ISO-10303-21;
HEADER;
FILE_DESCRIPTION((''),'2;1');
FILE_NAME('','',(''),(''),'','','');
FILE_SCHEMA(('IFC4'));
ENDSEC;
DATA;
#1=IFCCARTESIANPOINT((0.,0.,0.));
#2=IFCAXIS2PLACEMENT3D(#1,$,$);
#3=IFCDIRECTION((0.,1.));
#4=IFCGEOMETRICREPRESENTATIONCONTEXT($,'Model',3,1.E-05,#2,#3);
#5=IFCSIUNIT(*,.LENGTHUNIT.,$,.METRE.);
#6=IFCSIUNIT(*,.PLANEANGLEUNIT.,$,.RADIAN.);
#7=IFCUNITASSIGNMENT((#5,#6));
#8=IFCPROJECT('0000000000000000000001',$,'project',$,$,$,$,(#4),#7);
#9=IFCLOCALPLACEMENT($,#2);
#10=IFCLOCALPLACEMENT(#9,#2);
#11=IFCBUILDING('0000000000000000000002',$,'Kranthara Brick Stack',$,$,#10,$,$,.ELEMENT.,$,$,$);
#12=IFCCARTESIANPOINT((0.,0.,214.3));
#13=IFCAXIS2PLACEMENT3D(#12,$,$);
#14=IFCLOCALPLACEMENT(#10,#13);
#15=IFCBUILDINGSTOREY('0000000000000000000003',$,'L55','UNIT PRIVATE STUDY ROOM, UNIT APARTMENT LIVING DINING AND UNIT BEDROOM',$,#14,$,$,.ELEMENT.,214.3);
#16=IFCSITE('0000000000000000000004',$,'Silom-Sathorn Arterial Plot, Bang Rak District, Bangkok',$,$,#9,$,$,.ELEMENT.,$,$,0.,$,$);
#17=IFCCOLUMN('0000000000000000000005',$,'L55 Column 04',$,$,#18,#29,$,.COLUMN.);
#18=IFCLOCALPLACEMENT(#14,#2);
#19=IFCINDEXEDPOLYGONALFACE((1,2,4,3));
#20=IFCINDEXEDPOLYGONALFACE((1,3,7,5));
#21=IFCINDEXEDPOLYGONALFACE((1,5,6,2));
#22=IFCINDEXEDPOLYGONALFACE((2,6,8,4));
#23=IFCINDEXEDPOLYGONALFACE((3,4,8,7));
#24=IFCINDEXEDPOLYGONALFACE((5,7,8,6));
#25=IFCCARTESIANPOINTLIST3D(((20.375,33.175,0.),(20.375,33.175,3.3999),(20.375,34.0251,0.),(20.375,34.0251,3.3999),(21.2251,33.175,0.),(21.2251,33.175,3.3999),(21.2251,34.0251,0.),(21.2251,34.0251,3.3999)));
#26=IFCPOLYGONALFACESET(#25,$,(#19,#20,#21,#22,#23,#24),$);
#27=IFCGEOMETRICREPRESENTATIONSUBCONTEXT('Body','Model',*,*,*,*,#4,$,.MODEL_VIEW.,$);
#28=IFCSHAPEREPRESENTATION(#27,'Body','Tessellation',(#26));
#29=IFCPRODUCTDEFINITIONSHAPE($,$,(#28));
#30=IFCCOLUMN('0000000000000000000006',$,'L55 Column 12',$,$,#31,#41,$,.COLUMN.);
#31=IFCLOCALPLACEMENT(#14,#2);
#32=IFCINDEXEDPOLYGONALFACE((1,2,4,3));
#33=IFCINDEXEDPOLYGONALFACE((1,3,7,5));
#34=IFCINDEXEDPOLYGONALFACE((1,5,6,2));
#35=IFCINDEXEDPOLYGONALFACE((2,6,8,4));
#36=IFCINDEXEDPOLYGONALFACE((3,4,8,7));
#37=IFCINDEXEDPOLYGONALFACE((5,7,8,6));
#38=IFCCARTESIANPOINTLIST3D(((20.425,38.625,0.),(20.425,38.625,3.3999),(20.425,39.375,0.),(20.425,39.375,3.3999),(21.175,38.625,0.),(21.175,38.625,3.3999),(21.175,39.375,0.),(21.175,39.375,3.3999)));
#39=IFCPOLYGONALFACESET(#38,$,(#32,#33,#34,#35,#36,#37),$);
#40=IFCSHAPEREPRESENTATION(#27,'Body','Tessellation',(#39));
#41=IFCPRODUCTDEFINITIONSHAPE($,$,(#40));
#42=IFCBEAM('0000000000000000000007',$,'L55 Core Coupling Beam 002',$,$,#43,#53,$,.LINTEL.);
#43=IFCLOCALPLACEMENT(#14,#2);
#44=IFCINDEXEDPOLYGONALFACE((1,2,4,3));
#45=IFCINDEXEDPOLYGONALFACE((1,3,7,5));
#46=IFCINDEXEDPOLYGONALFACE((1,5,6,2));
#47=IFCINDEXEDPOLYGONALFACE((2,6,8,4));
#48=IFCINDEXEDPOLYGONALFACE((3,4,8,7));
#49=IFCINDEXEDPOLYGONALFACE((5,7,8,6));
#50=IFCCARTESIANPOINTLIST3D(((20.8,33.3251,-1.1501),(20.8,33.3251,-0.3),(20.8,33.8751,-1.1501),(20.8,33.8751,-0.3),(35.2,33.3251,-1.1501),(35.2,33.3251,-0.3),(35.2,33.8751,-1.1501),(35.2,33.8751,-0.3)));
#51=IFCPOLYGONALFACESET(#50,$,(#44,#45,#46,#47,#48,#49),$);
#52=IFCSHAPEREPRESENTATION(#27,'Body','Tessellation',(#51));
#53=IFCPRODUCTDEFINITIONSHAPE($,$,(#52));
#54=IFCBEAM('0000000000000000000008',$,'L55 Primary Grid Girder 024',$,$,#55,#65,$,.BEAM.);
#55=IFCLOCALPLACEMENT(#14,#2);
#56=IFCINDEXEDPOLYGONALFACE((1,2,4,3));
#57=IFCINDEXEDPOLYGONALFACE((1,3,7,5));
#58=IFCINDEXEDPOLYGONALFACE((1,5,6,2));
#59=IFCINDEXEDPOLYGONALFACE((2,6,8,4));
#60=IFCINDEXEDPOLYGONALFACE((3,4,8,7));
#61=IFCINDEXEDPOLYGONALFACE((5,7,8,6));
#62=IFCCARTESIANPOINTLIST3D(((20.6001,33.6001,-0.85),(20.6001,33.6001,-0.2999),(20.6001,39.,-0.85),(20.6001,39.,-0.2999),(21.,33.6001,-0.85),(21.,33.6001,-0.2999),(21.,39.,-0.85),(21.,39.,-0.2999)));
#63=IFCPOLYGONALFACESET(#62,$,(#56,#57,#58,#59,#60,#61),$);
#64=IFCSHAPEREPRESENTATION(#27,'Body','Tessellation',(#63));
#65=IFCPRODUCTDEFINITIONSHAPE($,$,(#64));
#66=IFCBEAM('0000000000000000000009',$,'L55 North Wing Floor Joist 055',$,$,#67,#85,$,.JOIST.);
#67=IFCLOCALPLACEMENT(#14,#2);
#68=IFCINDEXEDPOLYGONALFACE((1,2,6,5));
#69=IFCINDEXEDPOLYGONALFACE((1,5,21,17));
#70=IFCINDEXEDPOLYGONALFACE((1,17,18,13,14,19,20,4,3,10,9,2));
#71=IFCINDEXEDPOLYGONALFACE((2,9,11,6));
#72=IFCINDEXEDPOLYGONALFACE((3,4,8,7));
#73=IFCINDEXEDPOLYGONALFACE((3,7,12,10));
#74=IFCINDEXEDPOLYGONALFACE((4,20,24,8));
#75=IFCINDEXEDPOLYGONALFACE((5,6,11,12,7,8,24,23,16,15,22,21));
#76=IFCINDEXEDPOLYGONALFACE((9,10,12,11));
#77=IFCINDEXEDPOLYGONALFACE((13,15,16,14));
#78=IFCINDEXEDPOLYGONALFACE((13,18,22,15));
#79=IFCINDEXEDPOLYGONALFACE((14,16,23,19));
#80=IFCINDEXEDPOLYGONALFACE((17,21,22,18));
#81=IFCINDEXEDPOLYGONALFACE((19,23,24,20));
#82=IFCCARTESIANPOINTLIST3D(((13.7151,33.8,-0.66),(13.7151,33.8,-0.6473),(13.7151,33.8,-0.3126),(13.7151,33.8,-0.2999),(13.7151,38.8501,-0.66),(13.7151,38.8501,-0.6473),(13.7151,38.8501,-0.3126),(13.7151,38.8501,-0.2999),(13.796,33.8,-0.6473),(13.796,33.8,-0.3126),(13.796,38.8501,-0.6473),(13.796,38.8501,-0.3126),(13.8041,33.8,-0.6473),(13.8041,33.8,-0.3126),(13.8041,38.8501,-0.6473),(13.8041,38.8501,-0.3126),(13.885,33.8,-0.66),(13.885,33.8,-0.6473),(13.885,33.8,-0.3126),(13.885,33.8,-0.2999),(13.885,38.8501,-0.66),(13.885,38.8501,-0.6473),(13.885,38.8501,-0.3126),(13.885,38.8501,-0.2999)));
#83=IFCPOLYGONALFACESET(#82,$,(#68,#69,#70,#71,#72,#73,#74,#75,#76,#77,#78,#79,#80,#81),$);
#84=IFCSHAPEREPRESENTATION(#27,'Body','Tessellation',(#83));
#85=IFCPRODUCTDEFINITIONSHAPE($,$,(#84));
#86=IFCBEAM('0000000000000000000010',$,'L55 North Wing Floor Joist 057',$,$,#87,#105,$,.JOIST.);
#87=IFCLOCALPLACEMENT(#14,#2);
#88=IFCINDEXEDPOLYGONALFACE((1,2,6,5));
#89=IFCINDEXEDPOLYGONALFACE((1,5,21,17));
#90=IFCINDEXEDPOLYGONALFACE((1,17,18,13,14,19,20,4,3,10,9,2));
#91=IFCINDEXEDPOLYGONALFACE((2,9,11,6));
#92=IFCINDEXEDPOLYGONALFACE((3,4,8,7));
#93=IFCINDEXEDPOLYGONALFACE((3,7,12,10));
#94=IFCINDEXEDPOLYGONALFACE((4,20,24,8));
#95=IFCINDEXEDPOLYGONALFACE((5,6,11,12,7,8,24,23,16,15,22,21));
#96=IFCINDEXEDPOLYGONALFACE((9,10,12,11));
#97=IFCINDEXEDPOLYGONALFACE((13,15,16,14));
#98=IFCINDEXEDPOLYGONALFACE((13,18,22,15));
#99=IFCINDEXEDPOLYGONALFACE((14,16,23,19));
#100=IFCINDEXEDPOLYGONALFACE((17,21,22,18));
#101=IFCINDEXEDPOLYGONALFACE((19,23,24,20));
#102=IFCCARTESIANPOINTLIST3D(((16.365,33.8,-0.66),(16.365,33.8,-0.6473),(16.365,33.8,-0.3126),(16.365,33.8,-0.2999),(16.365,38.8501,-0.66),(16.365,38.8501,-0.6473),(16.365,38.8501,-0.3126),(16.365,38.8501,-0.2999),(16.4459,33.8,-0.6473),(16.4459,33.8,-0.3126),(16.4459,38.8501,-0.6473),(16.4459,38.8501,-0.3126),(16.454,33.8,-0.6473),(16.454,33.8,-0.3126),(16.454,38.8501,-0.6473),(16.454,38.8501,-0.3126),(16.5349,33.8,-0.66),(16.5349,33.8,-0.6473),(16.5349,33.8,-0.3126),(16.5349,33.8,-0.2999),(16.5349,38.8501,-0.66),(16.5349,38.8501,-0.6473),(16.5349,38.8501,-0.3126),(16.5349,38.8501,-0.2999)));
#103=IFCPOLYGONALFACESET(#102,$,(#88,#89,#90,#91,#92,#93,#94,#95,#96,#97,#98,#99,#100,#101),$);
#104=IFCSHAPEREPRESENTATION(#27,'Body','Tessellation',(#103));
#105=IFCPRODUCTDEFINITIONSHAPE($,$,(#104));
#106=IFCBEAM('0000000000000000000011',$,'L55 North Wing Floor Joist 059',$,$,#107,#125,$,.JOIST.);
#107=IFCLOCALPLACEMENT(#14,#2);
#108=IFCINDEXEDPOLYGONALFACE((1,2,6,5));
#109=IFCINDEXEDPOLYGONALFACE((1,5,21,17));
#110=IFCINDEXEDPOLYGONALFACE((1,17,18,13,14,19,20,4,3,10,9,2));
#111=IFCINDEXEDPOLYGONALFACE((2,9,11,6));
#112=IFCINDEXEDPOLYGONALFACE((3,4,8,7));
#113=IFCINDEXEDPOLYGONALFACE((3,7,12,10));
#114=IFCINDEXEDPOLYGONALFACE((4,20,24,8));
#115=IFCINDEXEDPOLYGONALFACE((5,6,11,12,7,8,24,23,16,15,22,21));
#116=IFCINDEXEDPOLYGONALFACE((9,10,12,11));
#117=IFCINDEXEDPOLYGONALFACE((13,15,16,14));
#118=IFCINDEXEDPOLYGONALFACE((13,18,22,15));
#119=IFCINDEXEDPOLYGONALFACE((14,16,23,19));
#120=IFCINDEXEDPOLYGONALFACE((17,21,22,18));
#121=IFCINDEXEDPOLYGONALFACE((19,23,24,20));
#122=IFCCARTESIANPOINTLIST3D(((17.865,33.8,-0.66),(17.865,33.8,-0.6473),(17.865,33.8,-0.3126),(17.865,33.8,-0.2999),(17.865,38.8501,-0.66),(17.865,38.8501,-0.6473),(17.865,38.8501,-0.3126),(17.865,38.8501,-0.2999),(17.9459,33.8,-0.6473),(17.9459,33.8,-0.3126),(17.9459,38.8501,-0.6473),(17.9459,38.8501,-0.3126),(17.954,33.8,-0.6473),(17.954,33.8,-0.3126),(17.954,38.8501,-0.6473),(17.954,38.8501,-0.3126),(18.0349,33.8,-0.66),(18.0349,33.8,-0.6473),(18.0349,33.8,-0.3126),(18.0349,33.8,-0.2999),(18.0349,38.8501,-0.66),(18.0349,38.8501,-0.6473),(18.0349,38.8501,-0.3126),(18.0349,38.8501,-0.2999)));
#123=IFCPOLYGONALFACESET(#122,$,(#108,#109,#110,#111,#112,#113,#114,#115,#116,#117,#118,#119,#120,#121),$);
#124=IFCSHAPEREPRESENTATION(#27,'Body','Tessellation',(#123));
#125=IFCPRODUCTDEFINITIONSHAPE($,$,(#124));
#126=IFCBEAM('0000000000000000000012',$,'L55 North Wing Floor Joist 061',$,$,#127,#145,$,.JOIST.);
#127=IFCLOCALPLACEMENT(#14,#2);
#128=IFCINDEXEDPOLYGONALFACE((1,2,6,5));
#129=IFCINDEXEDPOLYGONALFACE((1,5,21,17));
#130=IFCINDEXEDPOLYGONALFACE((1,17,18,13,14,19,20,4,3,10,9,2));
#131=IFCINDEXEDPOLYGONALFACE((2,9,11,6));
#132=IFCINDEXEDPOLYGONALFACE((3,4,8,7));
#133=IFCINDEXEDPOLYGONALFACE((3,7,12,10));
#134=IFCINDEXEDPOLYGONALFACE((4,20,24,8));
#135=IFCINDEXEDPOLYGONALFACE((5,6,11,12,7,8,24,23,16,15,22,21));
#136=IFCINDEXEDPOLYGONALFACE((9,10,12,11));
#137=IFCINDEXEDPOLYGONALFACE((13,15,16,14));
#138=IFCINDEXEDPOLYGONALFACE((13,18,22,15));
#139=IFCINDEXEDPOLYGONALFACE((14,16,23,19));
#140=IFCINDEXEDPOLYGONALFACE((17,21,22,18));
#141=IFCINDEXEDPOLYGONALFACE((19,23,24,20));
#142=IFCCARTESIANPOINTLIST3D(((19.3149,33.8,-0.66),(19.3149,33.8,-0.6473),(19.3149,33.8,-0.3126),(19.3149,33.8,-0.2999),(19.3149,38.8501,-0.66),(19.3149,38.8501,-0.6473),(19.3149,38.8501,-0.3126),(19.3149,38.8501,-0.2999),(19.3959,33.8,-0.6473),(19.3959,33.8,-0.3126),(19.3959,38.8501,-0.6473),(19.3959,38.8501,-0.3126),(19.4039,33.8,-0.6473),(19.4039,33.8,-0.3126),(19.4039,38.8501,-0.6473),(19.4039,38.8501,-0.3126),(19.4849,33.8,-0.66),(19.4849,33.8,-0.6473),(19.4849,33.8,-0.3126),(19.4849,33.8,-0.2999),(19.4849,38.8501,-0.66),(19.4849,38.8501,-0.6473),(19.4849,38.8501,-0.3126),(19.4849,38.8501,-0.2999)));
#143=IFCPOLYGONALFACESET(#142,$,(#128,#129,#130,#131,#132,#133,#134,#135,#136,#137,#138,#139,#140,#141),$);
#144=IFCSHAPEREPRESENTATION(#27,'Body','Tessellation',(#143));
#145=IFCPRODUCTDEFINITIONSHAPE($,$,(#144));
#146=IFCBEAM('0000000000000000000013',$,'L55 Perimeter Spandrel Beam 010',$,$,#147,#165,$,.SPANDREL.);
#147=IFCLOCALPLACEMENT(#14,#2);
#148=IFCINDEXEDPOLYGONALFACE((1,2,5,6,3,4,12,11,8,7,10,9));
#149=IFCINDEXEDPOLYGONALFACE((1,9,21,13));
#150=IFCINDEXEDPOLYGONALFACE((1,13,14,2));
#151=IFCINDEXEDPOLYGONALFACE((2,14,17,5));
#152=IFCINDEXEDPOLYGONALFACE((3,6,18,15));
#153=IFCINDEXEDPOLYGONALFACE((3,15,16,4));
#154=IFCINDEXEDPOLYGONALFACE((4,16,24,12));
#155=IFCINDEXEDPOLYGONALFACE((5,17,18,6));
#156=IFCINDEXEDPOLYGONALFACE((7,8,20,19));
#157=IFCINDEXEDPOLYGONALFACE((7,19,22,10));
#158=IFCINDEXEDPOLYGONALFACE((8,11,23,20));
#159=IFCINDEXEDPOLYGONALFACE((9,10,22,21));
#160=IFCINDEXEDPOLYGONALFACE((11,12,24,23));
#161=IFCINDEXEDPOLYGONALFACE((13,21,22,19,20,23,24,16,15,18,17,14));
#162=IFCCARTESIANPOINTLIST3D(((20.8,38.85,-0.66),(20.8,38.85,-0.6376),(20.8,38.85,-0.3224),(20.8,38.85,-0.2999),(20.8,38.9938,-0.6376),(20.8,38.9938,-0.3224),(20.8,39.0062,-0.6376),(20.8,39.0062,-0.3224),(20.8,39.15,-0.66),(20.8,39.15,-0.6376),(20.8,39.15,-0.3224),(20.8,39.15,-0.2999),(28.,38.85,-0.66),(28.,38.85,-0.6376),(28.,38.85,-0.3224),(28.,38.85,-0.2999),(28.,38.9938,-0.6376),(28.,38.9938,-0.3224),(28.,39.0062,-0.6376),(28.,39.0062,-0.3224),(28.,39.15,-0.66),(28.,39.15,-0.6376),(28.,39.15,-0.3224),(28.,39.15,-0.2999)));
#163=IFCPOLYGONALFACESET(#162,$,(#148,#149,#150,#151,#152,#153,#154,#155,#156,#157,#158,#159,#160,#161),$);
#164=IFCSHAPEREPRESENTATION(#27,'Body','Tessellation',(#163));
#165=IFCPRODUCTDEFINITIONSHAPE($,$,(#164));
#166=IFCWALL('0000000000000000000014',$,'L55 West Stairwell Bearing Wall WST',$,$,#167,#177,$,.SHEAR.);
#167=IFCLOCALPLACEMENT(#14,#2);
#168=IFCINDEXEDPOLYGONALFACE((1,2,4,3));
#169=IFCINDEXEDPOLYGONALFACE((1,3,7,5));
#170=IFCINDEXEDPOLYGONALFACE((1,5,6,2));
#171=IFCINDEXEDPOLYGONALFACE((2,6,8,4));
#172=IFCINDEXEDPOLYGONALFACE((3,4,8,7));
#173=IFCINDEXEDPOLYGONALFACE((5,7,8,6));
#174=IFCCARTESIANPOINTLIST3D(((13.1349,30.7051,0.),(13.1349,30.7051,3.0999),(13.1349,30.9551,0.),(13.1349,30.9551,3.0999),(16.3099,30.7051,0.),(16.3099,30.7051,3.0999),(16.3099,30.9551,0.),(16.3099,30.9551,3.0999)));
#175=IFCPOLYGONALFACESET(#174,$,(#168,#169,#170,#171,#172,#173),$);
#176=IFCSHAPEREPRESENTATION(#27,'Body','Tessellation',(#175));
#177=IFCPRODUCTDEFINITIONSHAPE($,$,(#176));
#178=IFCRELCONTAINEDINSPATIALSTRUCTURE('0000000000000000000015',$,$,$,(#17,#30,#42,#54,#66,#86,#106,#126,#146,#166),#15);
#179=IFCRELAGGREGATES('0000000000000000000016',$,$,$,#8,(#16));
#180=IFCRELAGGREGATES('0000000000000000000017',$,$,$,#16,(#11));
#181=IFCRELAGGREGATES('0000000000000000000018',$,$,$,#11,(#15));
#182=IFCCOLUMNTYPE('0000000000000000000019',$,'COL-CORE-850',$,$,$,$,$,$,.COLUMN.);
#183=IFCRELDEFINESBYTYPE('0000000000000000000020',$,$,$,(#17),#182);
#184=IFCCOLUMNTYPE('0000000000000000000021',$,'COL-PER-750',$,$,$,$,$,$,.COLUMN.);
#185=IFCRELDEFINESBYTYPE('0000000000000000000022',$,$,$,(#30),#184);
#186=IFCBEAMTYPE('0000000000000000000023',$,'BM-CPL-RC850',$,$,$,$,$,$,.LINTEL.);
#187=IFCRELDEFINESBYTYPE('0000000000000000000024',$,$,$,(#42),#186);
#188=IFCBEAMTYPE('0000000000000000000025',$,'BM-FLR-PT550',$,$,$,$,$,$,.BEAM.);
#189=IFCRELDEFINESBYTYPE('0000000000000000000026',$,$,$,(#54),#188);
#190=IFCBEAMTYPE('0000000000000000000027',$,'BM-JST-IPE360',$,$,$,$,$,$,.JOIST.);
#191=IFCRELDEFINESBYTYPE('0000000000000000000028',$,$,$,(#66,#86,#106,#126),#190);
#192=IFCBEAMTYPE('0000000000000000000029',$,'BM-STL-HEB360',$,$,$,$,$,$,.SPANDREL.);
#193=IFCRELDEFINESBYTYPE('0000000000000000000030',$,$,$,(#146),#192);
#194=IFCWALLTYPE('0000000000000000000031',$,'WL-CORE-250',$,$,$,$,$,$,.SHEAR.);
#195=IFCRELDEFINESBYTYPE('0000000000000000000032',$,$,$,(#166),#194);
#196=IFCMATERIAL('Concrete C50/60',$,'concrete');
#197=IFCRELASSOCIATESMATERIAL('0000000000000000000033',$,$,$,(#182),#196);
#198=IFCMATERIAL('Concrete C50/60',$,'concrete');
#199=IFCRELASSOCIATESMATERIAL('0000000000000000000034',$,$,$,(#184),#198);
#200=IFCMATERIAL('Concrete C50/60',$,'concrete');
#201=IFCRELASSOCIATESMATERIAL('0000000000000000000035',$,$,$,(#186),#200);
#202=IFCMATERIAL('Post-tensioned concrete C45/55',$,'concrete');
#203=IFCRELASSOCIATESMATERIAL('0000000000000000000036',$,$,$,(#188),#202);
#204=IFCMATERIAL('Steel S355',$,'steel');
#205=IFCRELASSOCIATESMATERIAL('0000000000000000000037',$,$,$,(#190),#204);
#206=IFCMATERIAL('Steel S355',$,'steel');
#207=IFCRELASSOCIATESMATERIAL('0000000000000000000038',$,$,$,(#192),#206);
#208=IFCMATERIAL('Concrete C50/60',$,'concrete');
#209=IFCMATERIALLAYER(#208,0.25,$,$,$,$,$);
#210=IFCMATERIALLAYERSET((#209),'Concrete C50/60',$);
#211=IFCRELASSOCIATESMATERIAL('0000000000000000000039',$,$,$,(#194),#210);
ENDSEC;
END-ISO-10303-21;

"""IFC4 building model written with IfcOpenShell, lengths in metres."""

from ifc_helpers import new_model, si_unit, direction, frame, frame_2d, origin, origin_2d, place, context, subcontext, project, spatial, rectangle, i_section, extrude, material, layer, layer_set, material_profile, profile_set, type_object, element, save


model = new_model("IFC4")

# Units and contexts
model_context = context("Model", 3, precision=1e-05, world=origin(), true_north=direction((0.0, 1.0)))
body_context = subcontext(model_context, "Body", "Model", "MODEL_VIEW")
ifc_project = project(units=[si_unit("LENGTHUNIT", "METRE"), si_unit("PLANEANGLEUNIT", "RADIAN")], contexts=[model_context])

# Site, building, storey
site_placement = place(None, origin())
site = spatial("IfcSite", under=ifc_project, at=site_placement, Name="Silom-Sathorn Arterial Plot, Bang Rak District, Bangkok", CompositionType="ELEMENT", RefElevation=0.0)
building_placement = place(site_placement, origin())
building = spatial("IfcBuilding", under=site, at=building_placement, Name="Kranthara Brick Stack", CompositionType="ELEMENT")
storey_placement = place(building_placement, frame((0.0, 0.0, 214.3)))
storey = spatial("IfcBuildingStorey", under=building, at=storey_placement, Name="L55", Description="UNIT PRIVATE STUDY ROOM, UNIT APARTMENT LIVING DINING AND UNIT BEDROOM", CompositionType="ELEMENT", Elevation=214.3)

# Columns
ifc_material_1 = material(Name="Concrete C50/60", Category="concrete")
ifc_material_profile_1 = material_profile(ifc_material_1, rectangle(XDim=0.8501, YDim=0.8501, at=origin_2d()), Name="RC 850x850")
ifc_profile_set_1 = profile_set([ifc_material_profile_1], Name="Concrete C50/60")
column_type_1 = type_object("IfcColumnType", Name="COL-CORE-850", PredefinedType="COLUMN", material=ifc_profile_set_1)
column_1_placement = place(storey_placement, frame((20.8, 33.6001, 0.0), z_axis=(0.0, 0.0, 1.0), x_axis=(1.0, 0.0, 0.0)))
element("IfcColumn", 1, at=column_1_placement, inside=storey, type_object=column_type_1, Name="L55 Column 04", PredefinedType="COLUMN", context=body_context, shape_type="SweptSolid", body=[
    extrude(rectangle(XDim=0.8501, YDim=0.8501, at=origin_2d()), origin(), (0.0, 0.0, 1.0), 3.3999),
])
ifc_material_2 = material(Name="Concrete C50/60", Category="concrete")
ifc_material_profile_2 = material_profile(ifc_material_2, rectangle(XDim=0.75, YDim=0.75, at=origin_2d()), Name="RC 750x750")
ifc_profile_set_2 = profile_set([ifc_material_profile_2], Name="Concrete C50/60")
column_type_2 = type_object("IfcColumnType", Name="COL-PER-750", PredefinedType="COLUMN", material=ifc_profile_set_2)
column_2_placement = place(storey_placement, frame((20.8, 39.0, 0.0), z_axis=(0.0, 0.0, 1.0), x_axis=(1.0, 0.0, 0.0)))
element("IfcColumn", 2, at=column_2_placement, inside=storey, type_object=column_type_2, Name="L55 Column 12", PredefinedType="COLUMN", context=body_context, shape_type="SweptSolid", body=[
    extrude(rectangle(XDim=0.75, YDim=0.75, at=origin_2d()), origin(), (0.0, 0.0, 1.0), 3.3999),
])

# Beams
ifc_material_3 = material(Name="Concrete C50/60", Category="concrete")
ifc_material_profile_3 = material_profile(ifc_material_3, rectangle(XDim=0.55, YDim=0.8501, at=origin_2d()), Name="RC 550x850")
ifc_profile_set_3 = profile_set([ifc_material_profile_3], Name="Concrete C50/60")
beam_type_1 = type_object("IfcBeamType", Name="BM-CPL-RC850", PredefinedType="LINTEL", material=ifc_profile_set_3)
beam_1_placement = place(storey_placement, frame((20.8, 33.6001, -0.7251), z_axis=(1.0, 0.0, 0.0), x_axis=(0.0, 1.0, 0.0)))
element("IfcBeam", 3, at=beam_1_placement, inside=storey, type_object=beam_type_1, Name="L55 Core Coupling Beam 002", PredefinedType="LINTEL", context=body_context, shape_type="SweptSolid", body=[
    extrude(rectangle(XDim=0.55, YDim=0.8501, at=origin_2d()), origin(), (0.0, 0.0, 1.0), 14.3999),
])
ifc_material_4 = material(Name="Post-tensioned concrete C45/55", Category="concrete")
ifc_material_profile_4 = material_profile(ifc_material_4, rectangle(XDim=0.3999, YDim=0.55, at=origin_2d()), Name="PT 400x550")
ifc_profile_set_4 = profile_set([ifc_material_profile_4], Name="Post-tensioned concrete C45/55")
beam_type_2 = type_object("IfcBeamType", Name="BM-FLR-PT550", PredefinedType="BEAM", material=ifc_profile_set_4)
beam_2_placement = place(storey_placement, frame((20.8, 33.6001, -0.575), z_axis=(0.0, 1.0, 0.0), x_axis=(-1.0, 0.0, 0.0)))
element("IfcBeam", 4, at=beam_2_placement, inside=storey, type_object=beam_type_2, Name="L55 Primary Grid Girder 024", PredefinedType="BEAM", context=body_context, shape_type="SweptSolid", body=[
    extrude(rectangle(XDim=0.3999, YDim=0.55, at=origin_2d()), origin(), (0.0, 0.0, 1.0), 5.3999),
])
ifc_material_5 = material(Name="Steel S355", Category="steel")
ifc_material_profile_5 = material_profile(ifc_material_5, i_section(OverallWidth=0.1699, OverallDepth=0.3601, WebThickness=0.0081, FlangeThickness=0.0127, at=origin_2d()), Name="IPE 360")
ifc_profile_set_5 = profile_set([ifc_material_profile_5], Name="Steel S355")
beam_type_3 = type_object("IfcBeamType", Name="BM-JST-IPE360", PredefinedType="JOIST", material=ifc_profile_set_5)
for number, where, z_axis, x_axis, name in (
    (5, (13.8, 33.8, -0.48), (0.0, 1.0, 0.0), (-1.0, 0.0, 0.0), "L55 North Wing Floor Joist 055"),
    (6, (16.45, 33.8, -0.48), (0.0, 1.0, 0.0), (-1.0, 0.0, 0.0), "L55 North Wing Floor Joist 057"),
    (7, (17.95, 33.8, -0.48), (0.0, 1.0, 0.0), (-1.0, 0.0, 0.0), "L55 North Wing Floor Joist 059"),
    (8, (19.3999, 33.8, -0.48), (0.0, 1.0, 0.0), (-1.0, 0.0, 0.0), "L55 North Wing Floor Joist 061"),
):
    element("IfcBeam", number, at=place(storey_placement, frame(where, z_axis=z_axis, x_axis=x_axis)), inside=storey, type_object=beam_type_3, Name=name, PredefinedType="JOIST", context=body_context, shape_type="SweptSolid", body=[
        extrude(i_section(OverallWidth=0.1699, OverallDepth=0.3601, WebThickness=0.0081, FlangeThickness=0.0127, at=origin_2d()), origin(), (0.0, 0.0, 1.0), 5.05),
    ])
ifc_material_6 = material(Name="Steel S355", Category="steel")
ifc_material_profile_6 = material_profile(ifc_material_6, i_section(OverallWidth=0.3, OverallDepth=0.3601, WebThickness=0.0125, FlangeThickness=0.0225, at=origin_2d()), Name="HEB 360")
ifc_profile_set_6 = profile_set([ifc_material_profile_6], Name="Steel S355")
beam_type_4 = type_object("IfcBeamType", Name="BM-STL-HEB360", PredefinedType="SPANDREL", material=ifc_profile_set_6)
beam_3_placement = place(storey_placement, frame((20.8, 39.0, -0.48), z_axis=(1.0, 0.0, 0.0), x_axis=(0.0, 1.0, 0.0)))
element("IfcBeam", 9, at=beam_3_placement, inside=storey, type_object=beam_type_4, Name="L55 Perimeter Spandrel Beam 010", PredefinedType="SPANDREL", context=body_context, shape_type="SweptSolid", body=[
    extrude(i_section(OverallWidth=0.3, OverallDepth=0.3601, WebThickness=0.0125, FlangeThickness=0.0225, at=origin_2d()), origin(), (0.0, 0.0, 1.0), 7.2),
])

# Wall
ifc_material_7 = material(Name="Concrete C50/60", Category="concrete")
ifc_layer_1 = layer(ifc_material_7, 0.25)
ifc_layer_set_1 = layer_set([ifc_layer_1], Name="Concrete C50/60")
wall_type_1 = type_object("IfcWallType", Name="WL-CORE-250", PredefinedType="SHEAR", material=ifc_layer_set_1)
wall_1_placement = place(storey_placement, frame((13.135, 30.8301, 0.0), z_axis=(0.0, 0.0, 1.0), x_axis=(1.0, 0.0, 0.0)))
element("IfcWall", 10, at=wall_1_placement, inside=storey, type_object=wall_type_1, Name="L55 West Stairwell Bearing Wall WST", PredefinedType="SHEAR", context=body_context, shape_type="SweptSolid", body=[
    extrude(rectangle(XDim=3.175, YDim=0.25, at=frame_2d((1.5874, 0.0))), origin(), (0.0, 0.0, 1.0), 3.0999),
])

save(model, "model.ifc")
